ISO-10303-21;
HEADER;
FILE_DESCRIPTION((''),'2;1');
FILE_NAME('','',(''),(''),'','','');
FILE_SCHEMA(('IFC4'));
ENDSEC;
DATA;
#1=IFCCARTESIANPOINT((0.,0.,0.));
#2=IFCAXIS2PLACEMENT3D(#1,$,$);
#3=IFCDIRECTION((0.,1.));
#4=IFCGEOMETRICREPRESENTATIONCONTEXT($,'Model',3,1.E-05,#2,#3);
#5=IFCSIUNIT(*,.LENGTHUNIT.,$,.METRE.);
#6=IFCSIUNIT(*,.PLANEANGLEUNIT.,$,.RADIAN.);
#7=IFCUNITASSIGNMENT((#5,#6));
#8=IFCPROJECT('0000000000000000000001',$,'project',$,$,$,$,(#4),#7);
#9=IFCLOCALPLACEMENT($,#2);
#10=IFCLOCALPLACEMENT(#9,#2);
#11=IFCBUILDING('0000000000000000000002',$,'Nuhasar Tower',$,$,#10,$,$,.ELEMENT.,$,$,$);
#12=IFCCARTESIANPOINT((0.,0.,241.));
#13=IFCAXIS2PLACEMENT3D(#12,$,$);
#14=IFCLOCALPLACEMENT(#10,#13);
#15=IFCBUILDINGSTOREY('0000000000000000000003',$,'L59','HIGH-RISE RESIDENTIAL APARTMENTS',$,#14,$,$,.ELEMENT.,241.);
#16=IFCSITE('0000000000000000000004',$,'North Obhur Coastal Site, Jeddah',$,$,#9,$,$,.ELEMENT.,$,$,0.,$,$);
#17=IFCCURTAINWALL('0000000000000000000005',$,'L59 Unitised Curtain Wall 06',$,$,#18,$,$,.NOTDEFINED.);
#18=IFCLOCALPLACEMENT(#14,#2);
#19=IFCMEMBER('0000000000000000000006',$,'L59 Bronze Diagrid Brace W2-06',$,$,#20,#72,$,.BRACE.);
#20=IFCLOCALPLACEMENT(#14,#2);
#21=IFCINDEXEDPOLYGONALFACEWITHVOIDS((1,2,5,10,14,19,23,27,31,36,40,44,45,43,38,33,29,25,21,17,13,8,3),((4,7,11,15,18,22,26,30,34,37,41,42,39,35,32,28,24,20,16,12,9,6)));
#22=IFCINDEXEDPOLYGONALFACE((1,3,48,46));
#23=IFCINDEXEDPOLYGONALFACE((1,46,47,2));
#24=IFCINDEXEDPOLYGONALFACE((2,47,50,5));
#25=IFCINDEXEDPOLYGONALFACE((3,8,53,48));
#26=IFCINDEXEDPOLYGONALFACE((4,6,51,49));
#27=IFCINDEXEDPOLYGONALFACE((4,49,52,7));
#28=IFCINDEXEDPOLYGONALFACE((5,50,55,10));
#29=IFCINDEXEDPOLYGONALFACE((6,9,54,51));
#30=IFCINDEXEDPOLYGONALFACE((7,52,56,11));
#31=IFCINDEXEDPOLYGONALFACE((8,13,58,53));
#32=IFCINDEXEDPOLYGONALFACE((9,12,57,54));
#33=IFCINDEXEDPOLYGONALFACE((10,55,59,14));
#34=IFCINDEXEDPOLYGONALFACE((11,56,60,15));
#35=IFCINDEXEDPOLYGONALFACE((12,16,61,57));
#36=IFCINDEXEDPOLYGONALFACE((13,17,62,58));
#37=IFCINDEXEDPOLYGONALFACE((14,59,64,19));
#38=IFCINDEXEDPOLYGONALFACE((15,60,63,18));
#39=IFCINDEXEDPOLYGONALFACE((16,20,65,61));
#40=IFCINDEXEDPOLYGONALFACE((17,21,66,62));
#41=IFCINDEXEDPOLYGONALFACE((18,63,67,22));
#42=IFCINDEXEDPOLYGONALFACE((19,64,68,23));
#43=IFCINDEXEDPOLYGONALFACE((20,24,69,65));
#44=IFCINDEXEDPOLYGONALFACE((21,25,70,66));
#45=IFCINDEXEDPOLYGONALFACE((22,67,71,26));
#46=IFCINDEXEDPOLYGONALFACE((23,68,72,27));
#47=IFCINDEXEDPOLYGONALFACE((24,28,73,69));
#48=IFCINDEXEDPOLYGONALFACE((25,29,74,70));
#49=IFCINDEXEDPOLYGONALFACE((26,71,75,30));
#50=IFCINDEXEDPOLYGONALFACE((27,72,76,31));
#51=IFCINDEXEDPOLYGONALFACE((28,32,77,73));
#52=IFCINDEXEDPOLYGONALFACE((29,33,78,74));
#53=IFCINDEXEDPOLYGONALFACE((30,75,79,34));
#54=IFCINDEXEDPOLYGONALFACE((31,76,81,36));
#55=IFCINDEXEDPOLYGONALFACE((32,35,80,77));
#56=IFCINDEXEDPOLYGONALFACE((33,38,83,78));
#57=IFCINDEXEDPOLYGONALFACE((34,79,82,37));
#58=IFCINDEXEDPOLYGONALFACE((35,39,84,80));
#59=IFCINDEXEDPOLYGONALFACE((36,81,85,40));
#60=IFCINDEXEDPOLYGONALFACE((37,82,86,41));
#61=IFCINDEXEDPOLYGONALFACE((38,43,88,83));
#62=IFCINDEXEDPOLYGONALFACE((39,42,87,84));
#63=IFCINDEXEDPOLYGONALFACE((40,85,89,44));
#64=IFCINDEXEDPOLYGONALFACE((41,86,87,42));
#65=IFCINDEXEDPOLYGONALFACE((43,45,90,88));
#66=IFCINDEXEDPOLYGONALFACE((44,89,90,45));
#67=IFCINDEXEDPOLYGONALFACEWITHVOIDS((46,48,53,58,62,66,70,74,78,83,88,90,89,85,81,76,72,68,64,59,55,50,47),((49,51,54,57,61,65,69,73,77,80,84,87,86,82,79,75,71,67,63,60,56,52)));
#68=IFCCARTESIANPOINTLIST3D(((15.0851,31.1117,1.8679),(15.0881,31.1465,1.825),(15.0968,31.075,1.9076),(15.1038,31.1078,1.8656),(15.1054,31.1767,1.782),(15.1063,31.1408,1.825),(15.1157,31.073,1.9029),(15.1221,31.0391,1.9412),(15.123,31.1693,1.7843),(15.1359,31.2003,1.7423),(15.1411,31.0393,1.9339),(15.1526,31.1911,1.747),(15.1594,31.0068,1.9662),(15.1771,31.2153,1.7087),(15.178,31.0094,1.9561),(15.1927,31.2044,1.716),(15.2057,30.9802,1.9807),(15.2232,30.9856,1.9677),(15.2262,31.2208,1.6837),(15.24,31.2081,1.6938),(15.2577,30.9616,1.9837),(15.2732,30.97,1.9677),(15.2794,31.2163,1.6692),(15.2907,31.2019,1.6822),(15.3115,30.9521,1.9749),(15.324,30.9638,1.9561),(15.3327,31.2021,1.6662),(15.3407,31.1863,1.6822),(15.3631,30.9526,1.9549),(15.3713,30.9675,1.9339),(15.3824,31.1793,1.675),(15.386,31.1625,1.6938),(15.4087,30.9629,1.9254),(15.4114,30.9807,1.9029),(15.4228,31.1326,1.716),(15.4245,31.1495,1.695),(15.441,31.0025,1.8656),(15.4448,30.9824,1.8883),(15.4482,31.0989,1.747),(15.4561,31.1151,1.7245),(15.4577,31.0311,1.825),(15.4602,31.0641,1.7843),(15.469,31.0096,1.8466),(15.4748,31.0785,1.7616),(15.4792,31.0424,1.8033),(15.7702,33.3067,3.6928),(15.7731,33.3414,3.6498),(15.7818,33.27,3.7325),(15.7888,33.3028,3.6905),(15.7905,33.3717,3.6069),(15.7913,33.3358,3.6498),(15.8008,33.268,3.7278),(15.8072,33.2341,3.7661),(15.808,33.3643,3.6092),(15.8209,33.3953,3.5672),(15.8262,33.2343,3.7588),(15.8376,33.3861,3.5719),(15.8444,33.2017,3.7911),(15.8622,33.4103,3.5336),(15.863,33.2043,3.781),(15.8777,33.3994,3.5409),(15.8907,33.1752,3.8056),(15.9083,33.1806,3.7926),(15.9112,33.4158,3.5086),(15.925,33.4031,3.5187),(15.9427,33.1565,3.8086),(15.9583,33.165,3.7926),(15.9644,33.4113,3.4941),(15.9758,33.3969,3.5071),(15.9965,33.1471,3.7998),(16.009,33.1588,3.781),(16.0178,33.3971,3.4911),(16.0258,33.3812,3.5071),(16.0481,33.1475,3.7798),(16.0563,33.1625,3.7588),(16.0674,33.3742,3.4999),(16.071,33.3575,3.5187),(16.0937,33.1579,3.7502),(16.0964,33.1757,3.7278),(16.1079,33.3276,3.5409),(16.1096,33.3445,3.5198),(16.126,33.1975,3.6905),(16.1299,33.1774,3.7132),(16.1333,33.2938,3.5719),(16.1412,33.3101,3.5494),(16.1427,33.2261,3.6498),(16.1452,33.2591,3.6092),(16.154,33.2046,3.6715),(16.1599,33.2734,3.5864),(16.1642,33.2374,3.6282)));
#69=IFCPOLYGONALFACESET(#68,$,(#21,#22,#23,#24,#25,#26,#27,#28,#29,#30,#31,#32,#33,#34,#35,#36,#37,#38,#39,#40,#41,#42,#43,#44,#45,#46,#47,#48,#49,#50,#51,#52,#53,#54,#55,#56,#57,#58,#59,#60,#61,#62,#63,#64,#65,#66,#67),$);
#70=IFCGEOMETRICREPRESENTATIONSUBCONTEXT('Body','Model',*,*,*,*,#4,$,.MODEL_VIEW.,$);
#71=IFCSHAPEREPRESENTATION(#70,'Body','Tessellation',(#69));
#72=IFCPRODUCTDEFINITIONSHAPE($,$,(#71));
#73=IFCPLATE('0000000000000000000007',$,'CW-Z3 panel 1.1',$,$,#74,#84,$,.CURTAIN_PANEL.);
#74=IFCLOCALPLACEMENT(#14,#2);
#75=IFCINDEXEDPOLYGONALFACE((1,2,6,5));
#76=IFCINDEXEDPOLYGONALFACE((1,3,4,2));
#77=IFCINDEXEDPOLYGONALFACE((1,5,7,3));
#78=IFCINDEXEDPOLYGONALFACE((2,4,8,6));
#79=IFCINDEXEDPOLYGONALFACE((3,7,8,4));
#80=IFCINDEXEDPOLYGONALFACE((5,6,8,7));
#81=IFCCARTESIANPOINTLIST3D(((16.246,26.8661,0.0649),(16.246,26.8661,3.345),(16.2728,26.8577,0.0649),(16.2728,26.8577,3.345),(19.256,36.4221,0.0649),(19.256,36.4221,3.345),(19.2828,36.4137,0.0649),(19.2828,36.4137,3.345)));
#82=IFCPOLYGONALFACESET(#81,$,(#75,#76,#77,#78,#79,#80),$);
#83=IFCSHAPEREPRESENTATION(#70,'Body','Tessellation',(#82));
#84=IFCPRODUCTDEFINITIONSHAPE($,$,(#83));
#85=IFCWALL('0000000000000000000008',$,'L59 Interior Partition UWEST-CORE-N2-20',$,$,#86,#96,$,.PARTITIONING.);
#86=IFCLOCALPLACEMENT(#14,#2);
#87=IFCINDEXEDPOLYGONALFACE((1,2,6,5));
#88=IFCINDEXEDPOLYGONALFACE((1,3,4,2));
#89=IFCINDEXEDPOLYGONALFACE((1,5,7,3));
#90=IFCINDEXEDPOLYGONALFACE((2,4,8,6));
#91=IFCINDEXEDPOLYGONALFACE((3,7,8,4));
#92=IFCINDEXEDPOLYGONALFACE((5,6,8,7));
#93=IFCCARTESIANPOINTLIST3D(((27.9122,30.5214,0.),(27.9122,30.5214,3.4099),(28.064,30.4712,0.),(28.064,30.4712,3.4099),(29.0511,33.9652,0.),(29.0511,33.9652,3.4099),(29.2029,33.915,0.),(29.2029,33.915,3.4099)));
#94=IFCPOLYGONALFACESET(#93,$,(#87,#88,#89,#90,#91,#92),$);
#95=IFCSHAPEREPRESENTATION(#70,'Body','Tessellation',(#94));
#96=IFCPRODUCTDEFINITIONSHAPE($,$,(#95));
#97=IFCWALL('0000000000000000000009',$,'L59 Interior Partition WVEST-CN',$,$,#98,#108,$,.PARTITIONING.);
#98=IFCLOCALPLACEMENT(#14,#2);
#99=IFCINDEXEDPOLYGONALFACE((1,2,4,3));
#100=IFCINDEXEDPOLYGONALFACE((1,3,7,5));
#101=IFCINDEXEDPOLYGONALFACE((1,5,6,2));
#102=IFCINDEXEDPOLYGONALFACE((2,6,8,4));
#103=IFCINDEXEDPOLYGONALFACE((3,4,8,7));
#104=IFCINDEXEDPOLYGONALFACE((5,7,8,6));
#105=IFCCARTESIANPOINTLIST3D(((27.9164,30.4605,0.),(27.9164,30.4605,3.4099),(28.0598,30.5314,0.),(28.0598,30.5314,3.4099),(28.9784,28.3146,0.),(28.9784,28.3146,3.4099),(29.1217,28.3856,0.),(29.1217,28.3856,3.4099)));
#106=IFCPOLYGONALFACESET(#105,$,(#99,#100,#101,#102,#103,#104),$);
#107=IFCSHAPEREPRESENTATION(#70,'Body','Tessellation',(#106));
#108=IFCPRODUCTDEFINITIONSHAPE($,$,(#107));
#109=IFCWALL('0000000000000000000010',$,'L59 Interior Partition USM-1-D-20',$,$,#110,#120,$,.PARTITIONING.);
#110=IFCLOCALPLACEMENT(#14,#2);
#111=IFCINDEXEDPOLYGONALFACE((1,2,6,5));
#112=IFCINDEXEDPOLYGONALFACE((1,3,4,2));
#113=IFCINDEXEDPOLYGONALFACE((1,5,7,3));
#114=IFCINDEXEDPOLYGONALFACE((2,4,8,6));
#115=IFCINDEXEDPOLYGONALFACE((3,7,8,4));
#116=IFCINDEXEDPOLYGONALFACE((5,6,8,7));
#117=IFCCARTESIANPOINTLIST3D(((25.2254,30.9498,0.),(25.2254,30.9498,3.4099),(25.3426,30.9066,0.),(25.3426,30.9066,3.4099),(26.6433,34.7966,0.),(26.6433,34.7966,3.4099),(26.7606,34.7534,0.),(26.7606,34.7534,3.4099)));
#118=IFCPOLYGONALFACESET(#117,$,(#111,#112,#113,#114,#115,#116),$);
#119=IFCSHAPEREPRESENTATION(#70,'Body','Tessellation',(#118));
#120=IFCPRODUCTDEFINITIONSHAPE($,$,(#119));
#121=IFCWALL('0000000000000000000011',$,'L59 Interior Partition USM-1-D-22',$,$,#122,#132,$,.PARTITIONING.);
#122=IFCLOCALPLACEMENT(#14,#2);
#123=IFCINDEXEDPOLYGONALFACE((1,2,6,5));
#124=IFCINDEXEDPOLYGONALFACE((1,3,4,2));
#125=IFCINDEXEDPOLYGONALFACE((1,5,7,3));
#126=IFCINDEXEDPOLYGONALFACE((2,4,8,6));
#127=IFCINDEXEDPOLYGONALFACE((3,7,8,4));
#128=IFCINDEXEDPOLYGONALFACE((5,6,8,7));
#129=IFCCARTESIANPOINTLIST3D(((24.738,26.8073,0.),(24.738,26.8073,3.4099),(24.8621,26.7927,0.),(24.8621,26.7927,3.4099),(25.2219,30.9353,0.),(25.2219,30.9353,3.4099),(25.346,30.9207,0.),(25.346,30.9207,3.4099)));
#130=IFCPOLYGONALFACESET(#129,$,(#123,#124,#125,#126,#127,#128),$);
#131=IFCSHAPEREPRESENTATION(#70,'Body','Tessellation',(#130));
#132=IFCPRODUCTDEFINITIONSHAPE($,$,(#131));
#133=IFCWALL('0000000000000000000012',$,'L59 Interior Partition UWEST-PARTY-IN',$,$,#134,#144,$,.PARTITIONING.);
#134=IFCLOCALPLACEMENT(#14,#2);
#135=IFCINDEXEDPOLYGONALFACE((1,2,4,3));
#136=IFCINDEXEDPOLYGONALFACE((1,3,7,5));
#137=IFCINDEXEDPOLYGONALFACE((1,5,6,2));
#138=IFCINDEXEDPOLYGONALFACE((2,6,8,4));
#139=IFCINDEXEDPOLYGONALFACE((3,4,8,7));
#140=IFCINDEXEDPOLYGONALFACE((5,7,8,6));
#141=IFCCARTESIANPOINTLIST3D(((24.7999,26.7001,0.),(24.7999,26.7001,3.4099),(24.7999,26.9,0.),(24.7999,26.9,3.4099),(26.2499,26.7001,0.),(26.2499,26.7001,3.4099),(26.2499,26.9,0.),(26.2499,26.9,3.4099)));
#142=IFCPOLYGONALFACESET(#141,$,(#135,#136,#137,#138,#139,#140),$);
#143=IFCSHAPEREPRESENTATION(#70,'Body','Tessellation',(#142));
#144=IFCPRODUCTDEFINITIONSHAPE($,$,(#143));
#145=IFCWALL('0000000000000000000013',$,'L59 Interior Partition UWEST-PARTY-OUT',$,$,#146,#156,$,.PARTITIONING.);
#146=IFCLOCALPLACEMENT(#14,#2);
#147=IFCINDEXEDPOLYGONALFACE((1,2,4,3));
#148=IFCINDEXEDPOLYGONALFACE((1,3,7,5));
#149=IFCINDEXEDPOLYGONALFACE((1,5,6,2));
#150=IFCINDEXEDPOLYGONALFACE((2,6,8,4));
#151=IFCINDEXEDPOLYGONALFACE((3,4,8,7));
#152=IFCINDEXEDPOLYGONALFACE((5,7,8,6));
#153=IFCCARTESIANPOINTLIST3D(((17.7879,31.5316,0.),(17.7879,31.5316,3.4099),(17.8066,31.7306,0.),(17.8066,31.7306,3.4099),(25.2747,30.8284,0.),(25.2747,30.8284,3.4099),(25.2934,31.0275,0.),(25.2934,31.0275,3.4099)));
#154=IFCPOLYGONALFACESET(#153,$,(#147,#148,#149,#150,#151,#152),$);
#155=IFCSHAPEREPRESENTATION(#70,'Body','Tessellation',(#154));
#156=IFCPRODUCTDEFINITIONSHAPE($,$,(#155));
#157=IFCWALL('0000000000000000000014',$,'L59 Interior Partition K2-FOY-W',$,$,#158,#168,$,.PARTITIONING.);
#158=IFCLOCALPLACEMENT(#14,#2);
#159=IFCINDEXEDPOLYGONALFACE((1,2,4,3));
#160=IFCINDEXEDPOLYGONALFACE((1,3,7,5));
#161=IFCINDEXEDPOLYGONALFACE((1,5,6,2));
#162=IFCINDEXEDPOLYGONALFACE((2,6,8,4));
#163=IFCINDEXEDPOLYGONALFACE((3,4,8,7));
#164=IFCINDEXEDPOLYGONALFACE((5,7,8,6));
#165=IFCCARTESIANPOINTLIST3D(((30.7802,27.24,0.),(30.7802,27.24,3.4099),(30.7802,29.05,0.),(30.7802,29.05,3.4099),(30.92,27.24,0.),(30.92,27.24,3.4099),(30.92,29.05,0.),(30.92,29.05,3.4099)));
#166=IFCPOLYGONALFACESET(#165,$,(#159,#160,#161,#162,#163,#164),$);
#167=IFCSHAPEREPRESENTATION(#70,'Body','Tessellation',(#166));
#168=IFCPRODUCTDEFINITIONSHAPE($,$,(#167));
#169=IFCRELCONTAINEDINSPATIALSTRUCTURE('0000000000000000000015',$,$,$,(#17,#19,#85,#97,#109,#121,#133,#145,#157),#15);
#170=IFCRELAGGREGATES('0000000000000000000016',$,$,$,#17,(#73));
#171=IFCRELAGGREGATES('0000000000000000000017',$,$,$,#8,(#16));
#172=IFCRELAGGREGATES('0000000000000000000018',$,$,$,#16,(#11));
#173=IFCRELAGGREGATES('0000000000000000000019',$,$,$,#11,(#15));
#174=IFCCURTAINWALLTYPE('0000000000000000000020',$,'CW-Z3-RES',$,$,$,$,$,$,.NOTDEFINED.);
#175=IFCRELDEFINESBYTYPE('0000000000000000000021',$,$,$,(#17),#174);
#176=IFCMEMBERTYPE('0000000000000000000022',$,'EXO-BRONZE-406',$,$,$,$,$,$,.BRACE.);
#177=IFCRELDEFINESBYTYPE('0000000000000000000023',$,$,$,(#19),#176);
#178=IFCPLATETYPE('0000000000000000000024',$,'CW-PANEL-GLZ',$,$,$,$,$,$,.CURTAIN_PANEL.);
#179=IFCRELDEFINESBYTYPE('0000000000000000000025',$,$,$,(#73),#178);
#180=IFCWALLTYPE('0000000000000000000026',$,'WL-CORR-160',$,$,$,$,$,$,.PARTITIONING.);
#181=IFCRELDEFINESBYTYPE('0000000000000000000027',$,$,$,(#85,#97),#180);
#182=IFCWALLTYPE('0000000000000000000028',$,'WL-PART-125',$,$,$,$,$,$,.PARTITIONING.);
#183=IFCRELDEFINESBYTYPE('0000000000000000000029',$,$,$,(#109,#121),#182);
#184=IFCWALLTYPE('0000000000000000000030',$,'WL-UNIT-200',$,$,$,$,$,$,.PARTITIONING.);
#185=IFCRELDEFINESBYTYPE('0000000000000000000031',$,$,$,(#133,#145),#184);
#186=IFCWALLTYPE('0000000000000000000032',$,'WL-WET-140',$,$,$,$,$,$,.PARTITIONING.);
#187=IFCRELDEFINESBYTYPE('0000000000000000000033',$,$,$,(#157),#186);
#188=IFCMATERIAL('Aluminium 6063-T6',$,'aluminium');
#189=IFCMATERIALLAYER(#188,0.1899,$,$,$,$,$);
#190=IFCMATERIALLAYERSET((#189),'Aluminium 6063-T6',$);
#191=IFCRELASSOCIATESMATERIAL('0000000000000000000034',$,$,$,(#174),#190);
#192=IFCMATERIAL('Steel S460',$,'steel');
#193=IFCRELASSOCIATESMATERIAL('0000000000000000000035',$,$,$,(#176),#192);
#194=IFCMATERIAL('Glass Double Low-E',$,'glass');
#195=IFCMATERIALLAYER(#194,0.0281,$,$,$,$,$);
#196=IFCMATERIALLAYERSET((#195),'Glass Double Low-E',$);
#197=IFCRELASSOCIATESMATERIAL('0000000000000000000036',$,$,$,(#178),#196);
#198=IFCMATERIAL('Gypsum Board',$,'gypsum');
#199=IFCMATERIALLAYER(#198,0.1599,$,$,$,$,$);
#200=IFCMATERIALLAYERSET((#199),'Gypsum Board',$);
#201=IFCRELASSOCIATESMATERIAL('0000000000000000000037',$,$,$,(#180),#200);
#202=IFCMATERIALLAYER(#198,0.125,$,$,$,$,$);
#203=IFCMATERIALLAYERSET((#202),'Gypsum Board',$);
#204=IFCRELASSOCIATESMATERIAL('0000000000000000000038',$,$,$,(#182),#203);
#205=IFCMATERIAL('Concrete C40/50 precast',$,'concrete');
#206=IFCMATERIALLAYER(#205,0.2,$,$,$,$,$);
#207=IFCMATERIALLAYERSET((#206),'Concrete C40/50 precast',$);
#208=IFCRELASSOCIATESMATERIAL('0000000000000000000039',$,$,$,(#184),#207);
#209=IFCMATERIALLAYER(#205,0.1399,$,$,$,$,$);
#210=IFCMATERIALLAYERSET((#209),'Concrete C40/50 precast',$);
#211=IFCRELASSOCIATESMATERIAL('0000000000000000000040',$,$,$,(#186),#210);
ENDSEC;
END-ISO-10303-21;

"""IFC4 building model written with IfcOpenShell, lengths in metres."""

from ifc_helpers import new_model, si_unit, direction, frame, frame_2d, origin, origin_2d, place, context, subcontext, project, spatial, rectangle, hollow_circle, extrude, material, layer, layer_set, material_profile, profile_set, type_object, element, aggregate, save


model = new_model("IFC4")

# Units and contexts
model_context = context("Model", 3, precision=1e-05, world=origin(), true_north=direction((0.0, 1.0)))
body_context = subcontext(model_context, "Body", "Model", "MODEL_VIEW")
ifc_project = project(units=[si_unit("LENGTHUNIT", "METRE"), si_unit("PLANEANGLEUNIT", "RADIAN")], contexts=[model_context])

# Site, building, storey
site_placement = place(None, origin())
site = spatial("IfcSite", under=ifc_project, at=site_placement, Name="North Obhur Coastal Site, Jeddah", CompositionType="ELEMENT", RefElevation=0.0)
building_placement = place(site_placement, origin())
building = spatial("IfcBuilding", under=site, at=building_placement, Name="Nuhasar Tower", CompositionType="ELEMENT")
storey_placement = place(building_placement, frame((0.0, 0.0, 241.0)))
storey = spatial("IfcBuildingStorey", under=building, at=storey_placement, Name="L59", Description="HIGH-RISE RESIDENTIAL APARTMENTS", CompositionType="ELEMENT", Elevation=241.0)

# Curtain wall
ifc_material_1 = material(Name="Aluminium 6063-T6", Category="aluminium")
ifc_layer_1 = layer(ifc_material_1, 0.1899)
ifc_layer_set_1 = layer_set([ifc_layer_1], Name="Aluminium 6063-T6")
curtain_wall_type = type_object("IfcCurtainWallType", Name="CW-Z3-RES", PredefinedType="NOTDEFINED", material=ifc_layer_set_1)
curtain_wall_placement = place(storey_placement, origin())
curtain_wall = element("IfcCurtainWall", 1, at=curtain_wall_placement, inside=storey, type_object=curtain_wall_type, Name="L59 Unitised Curtain Wall 06", PredefinedType="NOTDEFINED")

# Member
ifc_material_2 = material(Name="Steel S460", Category="steel")
ifc_material_profile_1 = material_profile(ifc_material_2, hollow_circle(Radius=0.2031, WallThickness=0.019, at=origin_2d()), Name="HSS406.4X19.1")
ifc_profile_set_1 = profile_set([ifc_material_profile_1], Name="Steel S460")
member_type_1 = type_object("IfcMemberType", Name="EXO-BRONZE-406", PredefinedType="BRACE", material=ifc_profile_set_1)
for number, where, z_axis, x_axis, name in (
    (2, (15.282, 31.0859, 1.825), (0.233358, 0.747727, 0.62165), (-0.954591, 0.297918, 0.0), "L59 Bronze Diagrid Brace W2-06"),
):
    element("IfcMember", number, at=place(storey_placement, frame(where, z_axis=z_axis, x_axis=x_axis)), inside=storey, type_object=member_type_1, Name=name, PredefinedType="BRACE", context=body_context, shape_type="SweptSolid", body=[
        extrude(hollow_circle(Radius=0.2031, WallThickness=0.019, at=origin_2d()), origin(), (0.0, 0.0, 1.0), 2.9355),
    ])

# Plate
ifc_material_3 = material(Name="Glass Double Low-E", Category="glass")
ifc_layer_2 = layer(ifc_material_3, 0.0281)
ifc_layer_set_2 = layer_set([ifc_layer_2], Name="Glass Double Low-E")
plate_type = type_object("IfcPlateType", Name="CW-PANEL-GLZ", PredefinedType="CURTAIN_PANEL", material=ifc_layer_set_2)
plate_placement = place(storey_placement, frame((17.7644, 31.6399, 0.0649), z_axis=(0.0, 0.0, 1.0), x_axis=(-0.300429, -0.953804, 0.0)))
plate = element("IfcPlate", 3, at=plate_placement, type_object=plate_type, Name="CW-Z3 panel 1.1", PredefinedType="CURTAIN_PANEL", context=body_context, shape_type="SweptSolid", body=[
    extrude(rectangle(XDim=10.0188, YDim=0.0281, at=origin_2d()), origin(), (0.0, 0.0, 1.0), 3.28),
])
aggregate(curtain_wall, [plate])

# Wall
ifc_material_4 = material(Name="Gypsum Board", Category="gypsum")
ifc_layer_3 = layer(ifc_material_4, 0.1599)
ifc_layer_set_3 = layer_set([ifc_layer_3], Name="Gypsum Board")
wall_type_1 = type_object("IfcWallType", Name="WL-CORR-160", PredefinedType="PARTITIONING", material=ifc_layer_set_3)
wall_1_placement = place(storey_placement, frame((29.127, 33.9399, 0.0), z_axis=(0.0, 0.0, 1.0), x_axis=(-0.313986, -0.949428, 0.0)))
element("IfcWall", 4, at=wall_1_placement, inside=storey, type_object=wall_type_1, Name="L59 Interior Partition UWEST-CORE-N2-20", PredefinedType="PARTITIONING", context=body_context, shape_type="SweptSolid", body=[
    extrude(rectangle(XDim=3.6272, YDim=0.1599, at=frame_2d((1.8135, 0.0))), origin(), (0.0, 0.0, 1.0), 3.4099),
])

# Walls
wall_2_placement = place(storey_placement, frame((27.988, 30.4961, 0.0), z_axis=(0.0, 0.0, 1.0), x_axis=(0.443539, -0.896255, 0.0)))
element("IfcWall", 5, at=wall_2_placement, inside=storey, type_object=wall_type_1, Name="L59 Interior Partition WVEST-CN", PredefinedType="PARTITIONING", context=body_context, shape_type="SweptSolid", body=[
    extrude(rectangle(XDim=2.3943, YDim=0.1599, at=frame_2d((1.1973, 0.0))), origin(), (0.0, 0.0, 1.0), 3.4099),
])
ifc_layer_4 = layer(ifc_material_4, 0.125)
ifc_layer_set_4 = layer_set([ifc_layer_4], Name="Gypsum Board")
wall_type_2 = type_object("IfcWallType", Name="WL-PART-125", PredefinedType="PARTITIONING", material=ifc_layer_set_4)
wall_3_placement = place(storey_placement, frame((26.7019, 34.7749, 0.0), z_axis=(0.0, 0.0, 1.0), x_axis=(-0.345852, -0.938289, 0.0)))
element("IfcWall", 6, at=wall_3_placement, inside=storey, type_object=wall_type_2, Name="L59 Interior Partition USM-1-D-20", PredefinedType="PARTITIONING", context=body_context, shape_type="SweptSolid", body=[
    extrude(rectangle(XDim=4.0999, YDim=0.125, at=frame_2d((2.0498, 0.0))), origin(), (0.0, 0.0, 1.0), 3.4099),
])
wall_4_placement = place(storey_placement, frame((25.2839, 30.928, 0.0), z_axis=(0.0, 0.0, 1.0), x_axis=(-0.116425, -0.993199, 0.0)))
element("IfcWall", 7, at=wall_4_placement, inside=storey, type_object=wall_type_2, Name="L59 Interior Partition USM-1-D-22", PredefinedType="PARTITIONING", context=body_context, shape_type="SweptSolid", body=[
    extrude(rectangle(XDim=4.1562, YDim=0.125, at=frame_2d((2.0781, 0.0))), origin(), (0.0, 0.0, 1.0), 3.4099),
])
ifc_material_5 = material(Name="Concrete C40/50 precast", Category="concrete")
ifc_layer_5 = layer(ifc_material_5, 0.2)
ifc_layer_set_5 = layer_set([ifc_layer_5], Name="Concrete C40/50 precast")
wall_type_3 = type_object("IfcWallType", Name="WL-UNIT-200", PredefinedType="PARTITIONING", material=ifc_layer_set_5)
wall_5_placement = place(storey_placement, frame((26.25, 26.8, 0.0), z_axis=(0.0, 0.0, 1.0), x_axis=(-1.0, 0.0, 0.0)))
element("IfcWall", 8, at=wall_5_placement, inside=storey, type_object=wall_type_3, Name="L59 Interior Partition UWEST-PARTY-IN", PredefinedType="PARTITIONING", context=body_context, shape_type="SweptSolid", body=[
    extrude(rectangle(XDim=1.45, YDim=0.2, at=frame_2d((0.7251, 0.0))), origin(), (0.0, 0.0, 1.0), 3.4099),
])
wall_6_placement = place(storey_placement, frame((25.2839, 30.928, 0.0), z_axis=(0.0, 0.0, 1.0), x_axis=(-0.995619, 0.093504, 0.0)))
element("IfcWall", 9, at=wall_6_placement, inside=storey, type_object=wall_type_3, Name="L59 Interior Partition UWEST-PARTY-OUT", PredefinedType="PARTITIONING", context=body_context, shape_type="SweptSolid", body=[
    extrude(rectangle(XDim=7.5198, YDim=0.2, at=frame_2d((3.7598, 0.0))), origin(), (0.0, 0.0, 1.0), 3.4099),
])
ifc_layer_6 = layer(ifc_material_5, 0.1399)
ifc_layer_set_6 = layer_set([ifc_layer_6], Name="Concrete C40/50 precast")
wall_type_4 = type_object("IfcWallType", Name="WL-WET-140", PredefinedType="PARTITIONING", material=ifc_layer_set_6)
wall_7_placement = place(storey_placement, frame((30.8501, 27.24, 0.0), z_axis=(0.0, 0.0, 1.0), x_axis=(0.0, 1.0, 0.0)))
element("IfcWall", 10, at=wall_7_placement, inside=storey, type_object=wall_type_4, Name="L59 Interior Partition K2-FOY-W", PredefinedType="PARTITIONING", context=body_context, shape_type="SweptSolid", body=[
    extrude(rectangle(XDim=1.8101, YDim=0.1399, at=frame_2d((0.905, 0.0))), origin(), (0.0, 0.0, 1.0), 3.4099),
])

save(model, "model.ifc")
